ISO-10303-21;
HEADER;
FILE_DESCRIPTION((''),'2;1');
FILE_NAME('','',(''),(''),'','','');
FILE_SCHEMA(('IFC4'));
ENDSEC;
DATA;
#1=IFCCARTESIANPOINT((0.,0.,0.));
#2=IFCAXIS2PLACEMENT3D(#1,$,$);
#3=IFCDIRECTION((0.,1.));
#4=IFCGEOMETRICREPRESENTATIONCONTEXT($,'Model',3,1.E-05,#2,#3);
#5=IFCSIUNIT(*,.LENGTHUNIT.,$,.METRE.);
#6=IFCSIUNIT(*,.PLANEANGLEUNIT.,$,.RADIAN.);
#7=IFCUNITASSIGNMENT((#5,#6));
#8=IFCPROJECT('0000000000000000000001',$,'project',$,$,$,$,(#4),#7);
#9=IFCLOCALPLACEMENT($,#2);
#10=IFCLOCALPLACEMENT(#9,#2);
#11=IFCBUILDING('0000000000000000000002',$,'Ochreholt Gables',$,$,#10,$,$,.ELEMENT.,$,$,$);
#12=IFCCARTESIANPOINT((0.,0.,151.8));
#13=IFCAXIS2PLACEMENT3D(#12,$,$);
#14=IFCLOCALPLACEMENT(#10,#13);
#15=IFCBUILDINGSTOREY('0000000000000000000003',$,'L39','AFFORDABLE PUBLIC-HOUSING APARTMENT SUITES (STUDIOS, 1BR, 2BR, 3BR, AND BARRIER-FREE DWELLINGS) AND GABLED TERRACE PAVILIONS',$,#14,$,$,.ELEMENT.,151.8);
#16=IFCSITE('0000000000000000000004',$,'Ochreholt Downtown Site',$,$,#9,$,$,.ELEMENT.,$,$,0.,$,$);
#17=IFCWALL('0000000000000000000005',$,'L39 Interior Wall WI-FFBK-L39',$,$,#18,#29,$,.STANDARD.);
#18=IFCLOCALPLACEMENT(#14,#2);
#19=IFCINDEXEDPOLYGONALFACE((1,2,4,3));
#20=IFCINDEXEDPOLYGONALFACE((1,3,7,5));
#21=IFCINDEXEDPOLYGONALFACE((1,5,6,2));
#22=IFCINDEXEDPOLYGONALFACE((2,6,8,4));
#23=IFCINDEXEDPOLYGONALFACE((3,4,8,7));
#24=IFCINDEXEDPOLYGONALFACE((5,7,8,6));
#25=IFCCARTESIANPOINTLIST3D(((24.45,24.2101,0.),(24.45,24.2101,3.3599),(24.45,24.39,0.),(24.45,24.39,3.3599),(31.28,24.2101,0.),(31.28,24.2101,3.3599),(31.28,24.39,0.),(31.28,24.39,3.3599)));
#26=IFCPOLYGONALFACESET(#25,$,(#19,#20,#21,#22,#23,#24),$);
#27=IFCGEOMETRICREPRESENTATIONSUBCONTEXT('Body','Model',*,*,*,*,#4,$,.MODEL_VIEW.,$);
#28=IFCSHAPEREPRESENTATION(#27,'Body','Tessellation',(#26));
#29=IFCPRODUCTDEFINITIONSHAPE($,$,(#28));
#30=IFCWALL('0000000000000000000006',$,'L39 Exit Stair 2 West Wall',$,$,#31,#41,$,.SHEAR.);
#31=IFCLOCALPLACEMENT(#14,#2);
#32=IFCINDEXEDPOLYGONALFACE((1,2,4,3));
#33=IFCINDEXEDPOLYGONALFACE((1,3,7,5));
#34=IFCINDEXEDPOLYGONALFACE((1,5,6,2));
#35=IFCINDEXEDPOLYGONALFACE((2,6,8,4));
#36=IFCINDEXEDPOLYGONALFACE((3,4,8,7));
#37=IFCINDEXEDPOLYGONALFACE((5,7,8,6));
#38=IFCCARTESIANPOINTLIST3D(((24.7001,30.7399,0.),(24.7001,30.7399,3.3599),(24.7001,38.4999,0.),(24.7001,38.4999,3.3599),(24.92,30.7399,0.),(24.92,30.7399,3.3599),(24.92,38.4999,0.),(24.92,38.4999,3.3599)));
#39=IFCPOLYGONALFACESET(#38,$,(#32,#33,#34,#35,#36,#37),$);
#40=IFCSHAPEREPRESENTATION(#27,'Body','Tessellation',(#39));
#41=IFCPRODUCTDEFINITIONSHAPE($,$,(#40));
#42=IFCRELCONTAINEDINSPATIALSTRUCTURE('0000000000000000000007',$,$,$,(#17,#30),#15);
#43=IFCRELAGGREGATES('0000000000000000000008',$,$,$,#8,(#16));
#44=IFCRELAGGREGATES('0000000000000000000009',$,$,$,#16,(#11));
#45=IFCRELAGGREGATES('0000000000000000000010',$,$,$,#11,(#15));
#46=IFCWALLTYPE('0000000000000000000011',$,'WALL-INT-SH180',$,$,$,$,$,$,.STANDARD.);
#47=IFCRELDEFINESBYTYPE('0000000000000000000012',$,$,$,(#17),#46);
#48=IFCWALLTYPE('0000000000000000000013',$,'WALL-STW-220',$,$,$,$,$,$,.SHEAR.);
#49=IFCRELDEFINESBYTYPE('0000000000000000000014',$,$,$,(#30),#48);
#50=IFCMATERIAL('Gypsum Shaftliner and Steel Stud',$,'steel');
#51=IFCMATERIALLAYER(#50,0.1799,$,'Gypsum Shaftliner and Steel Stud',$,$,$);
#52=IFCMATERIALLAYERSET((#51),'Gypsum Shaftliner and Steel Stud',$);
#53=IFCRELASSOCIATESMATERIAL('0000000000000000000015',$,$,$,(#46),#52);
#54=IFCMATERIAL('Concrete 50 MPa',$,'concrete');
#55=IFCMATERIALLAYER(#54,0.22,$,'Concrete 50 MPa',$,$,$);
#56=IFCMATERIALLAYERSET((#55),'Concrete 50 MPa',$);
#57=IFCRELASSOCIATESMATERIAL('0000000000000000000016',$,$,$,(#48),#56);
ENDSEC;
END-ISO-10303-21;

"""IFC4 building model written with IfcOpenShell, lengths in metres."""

from ifc_helpers import new_model, si_unit, direction, frame, frame_2d, origin, place, context, subcontext, project, spatial, rectangle, extrude, material, layer, layer_set, type_object, element, save


model = new_model("IFC4")

# Units and contexts
model_context = context("Model", 3, precision=1e-05, world=origin(), true_north=direction((0.0, 1.0)))
body_context = subcontext(model_context, "Body", "Model", "MODEL_VIEW")
ifc_project = project(units=[si_unit("LENGTHUNIT", "METRE"), si_unit("PLANEANGLEUNIT", "RADIAN")], contexts=[model_context])

# Site, building, storey
site_placement = place(None, origin())
site = spatial("IfcSite", under=ifc_project, at=site_placement, Name="Ochreholt Downtown Site", CompositionType="ELEMENT", RefElevation=0.0)
building_placement = place(site_placement, origin())
building = spatial("IfcBuilding", under=site, at=building_placement, Name="Ochreholt Gables", CompositionType="ELEMENT")
storey_placement = place(building_placement, frame((0.0, 0.0, 151.8)))
storey = spatial("IfcBuildingStorey", under=building, at=storey_placement, Name="L39", Description="AFFORDABLE PUBLIC-HOUSING APARTMENT SUITES (STUDIOS, 1BR, 2BR, 3BR, AND BARRIER-FREE DWELLINGS) AND GABLED TERRACE PAVILIONS", CompositionType="ELEMENT", Elevation=151.8)

# Shared definitions
ifc_material_1 = material(Name="Concrete 50 MPa", Category="concrete")

# Walls
ifc_material_2 = material(Name="Gypsum Shaftliner and Steel Stud", Category="steel")
ifc_layer_1 = layer(ifc_material_2, 0.1799, Name="Gypsum Shaftliner and Steel Stud")
ifc_layer_set_1 = layer_set([ifc_layer_1], Name="Gypsum Shaftliner and Steel Stud")
wall_type_1 = type_object("IfcWallType", Name="WALL-INT-SH180", PredefinedType="STANDARD", material=ifc_layer_set_1)
wall_1_placement = place(storey_placement, frame((24.45, 24.3, 0.0), z_axis=(0.0, 0.0, 1.0), x_axis=(1.0, 0.0, 0.0)))
element("IfcWall", 1, at=wall_1_placement, inside=storey, type_object=wall_type_1, Name="L39 Interior Wall WI-FFBK-L39", PredefinedType="STANDARD", context=body_context, shape_type="SweptSolid", body=[
    extrude(rectangle(XDim=6.8301, YDim=0.1799, at=frame_2d((3.415, 0.0))), origin(), (0.0, 0.0, 1.0), 3.3599),
])
ifc_layer_2 = layer(ifc_material_1, 0.22, Name="Concrete 50 MPa")
ifc_layer_set_2 = layer_set([ifc_layer_2], Name="Concrete 50 MPa")
wall_type_2 = type_object("IfcWallType", Name="WALL-STW-220", PredefinedType="SHEAR", material=ifc_layer_set_2)
wall_2_placement = place(storey_placement, frame((24.8101, 30.74, 0.0), z_axis=(0.0, 0.0, 1.0), x_axis=(0.0, 1.0, 0.0)))
element("IfcWall", 2, at=wall_2_placement, inside=storey, type_object=wall_type_2, Name="L39 Exit Stair 2 West Wall", PredefinedType="SHEAR", context=body_context, shape_type="SweptSolid", body=[
    extrude(rectangle(XDim=7.76, YDim=0.22, at=frame_2d((3.8799, 0.0))), origin(), (0.0, 0.0, 1.0), 3.3599),
])

save(model, "model.ifc")
